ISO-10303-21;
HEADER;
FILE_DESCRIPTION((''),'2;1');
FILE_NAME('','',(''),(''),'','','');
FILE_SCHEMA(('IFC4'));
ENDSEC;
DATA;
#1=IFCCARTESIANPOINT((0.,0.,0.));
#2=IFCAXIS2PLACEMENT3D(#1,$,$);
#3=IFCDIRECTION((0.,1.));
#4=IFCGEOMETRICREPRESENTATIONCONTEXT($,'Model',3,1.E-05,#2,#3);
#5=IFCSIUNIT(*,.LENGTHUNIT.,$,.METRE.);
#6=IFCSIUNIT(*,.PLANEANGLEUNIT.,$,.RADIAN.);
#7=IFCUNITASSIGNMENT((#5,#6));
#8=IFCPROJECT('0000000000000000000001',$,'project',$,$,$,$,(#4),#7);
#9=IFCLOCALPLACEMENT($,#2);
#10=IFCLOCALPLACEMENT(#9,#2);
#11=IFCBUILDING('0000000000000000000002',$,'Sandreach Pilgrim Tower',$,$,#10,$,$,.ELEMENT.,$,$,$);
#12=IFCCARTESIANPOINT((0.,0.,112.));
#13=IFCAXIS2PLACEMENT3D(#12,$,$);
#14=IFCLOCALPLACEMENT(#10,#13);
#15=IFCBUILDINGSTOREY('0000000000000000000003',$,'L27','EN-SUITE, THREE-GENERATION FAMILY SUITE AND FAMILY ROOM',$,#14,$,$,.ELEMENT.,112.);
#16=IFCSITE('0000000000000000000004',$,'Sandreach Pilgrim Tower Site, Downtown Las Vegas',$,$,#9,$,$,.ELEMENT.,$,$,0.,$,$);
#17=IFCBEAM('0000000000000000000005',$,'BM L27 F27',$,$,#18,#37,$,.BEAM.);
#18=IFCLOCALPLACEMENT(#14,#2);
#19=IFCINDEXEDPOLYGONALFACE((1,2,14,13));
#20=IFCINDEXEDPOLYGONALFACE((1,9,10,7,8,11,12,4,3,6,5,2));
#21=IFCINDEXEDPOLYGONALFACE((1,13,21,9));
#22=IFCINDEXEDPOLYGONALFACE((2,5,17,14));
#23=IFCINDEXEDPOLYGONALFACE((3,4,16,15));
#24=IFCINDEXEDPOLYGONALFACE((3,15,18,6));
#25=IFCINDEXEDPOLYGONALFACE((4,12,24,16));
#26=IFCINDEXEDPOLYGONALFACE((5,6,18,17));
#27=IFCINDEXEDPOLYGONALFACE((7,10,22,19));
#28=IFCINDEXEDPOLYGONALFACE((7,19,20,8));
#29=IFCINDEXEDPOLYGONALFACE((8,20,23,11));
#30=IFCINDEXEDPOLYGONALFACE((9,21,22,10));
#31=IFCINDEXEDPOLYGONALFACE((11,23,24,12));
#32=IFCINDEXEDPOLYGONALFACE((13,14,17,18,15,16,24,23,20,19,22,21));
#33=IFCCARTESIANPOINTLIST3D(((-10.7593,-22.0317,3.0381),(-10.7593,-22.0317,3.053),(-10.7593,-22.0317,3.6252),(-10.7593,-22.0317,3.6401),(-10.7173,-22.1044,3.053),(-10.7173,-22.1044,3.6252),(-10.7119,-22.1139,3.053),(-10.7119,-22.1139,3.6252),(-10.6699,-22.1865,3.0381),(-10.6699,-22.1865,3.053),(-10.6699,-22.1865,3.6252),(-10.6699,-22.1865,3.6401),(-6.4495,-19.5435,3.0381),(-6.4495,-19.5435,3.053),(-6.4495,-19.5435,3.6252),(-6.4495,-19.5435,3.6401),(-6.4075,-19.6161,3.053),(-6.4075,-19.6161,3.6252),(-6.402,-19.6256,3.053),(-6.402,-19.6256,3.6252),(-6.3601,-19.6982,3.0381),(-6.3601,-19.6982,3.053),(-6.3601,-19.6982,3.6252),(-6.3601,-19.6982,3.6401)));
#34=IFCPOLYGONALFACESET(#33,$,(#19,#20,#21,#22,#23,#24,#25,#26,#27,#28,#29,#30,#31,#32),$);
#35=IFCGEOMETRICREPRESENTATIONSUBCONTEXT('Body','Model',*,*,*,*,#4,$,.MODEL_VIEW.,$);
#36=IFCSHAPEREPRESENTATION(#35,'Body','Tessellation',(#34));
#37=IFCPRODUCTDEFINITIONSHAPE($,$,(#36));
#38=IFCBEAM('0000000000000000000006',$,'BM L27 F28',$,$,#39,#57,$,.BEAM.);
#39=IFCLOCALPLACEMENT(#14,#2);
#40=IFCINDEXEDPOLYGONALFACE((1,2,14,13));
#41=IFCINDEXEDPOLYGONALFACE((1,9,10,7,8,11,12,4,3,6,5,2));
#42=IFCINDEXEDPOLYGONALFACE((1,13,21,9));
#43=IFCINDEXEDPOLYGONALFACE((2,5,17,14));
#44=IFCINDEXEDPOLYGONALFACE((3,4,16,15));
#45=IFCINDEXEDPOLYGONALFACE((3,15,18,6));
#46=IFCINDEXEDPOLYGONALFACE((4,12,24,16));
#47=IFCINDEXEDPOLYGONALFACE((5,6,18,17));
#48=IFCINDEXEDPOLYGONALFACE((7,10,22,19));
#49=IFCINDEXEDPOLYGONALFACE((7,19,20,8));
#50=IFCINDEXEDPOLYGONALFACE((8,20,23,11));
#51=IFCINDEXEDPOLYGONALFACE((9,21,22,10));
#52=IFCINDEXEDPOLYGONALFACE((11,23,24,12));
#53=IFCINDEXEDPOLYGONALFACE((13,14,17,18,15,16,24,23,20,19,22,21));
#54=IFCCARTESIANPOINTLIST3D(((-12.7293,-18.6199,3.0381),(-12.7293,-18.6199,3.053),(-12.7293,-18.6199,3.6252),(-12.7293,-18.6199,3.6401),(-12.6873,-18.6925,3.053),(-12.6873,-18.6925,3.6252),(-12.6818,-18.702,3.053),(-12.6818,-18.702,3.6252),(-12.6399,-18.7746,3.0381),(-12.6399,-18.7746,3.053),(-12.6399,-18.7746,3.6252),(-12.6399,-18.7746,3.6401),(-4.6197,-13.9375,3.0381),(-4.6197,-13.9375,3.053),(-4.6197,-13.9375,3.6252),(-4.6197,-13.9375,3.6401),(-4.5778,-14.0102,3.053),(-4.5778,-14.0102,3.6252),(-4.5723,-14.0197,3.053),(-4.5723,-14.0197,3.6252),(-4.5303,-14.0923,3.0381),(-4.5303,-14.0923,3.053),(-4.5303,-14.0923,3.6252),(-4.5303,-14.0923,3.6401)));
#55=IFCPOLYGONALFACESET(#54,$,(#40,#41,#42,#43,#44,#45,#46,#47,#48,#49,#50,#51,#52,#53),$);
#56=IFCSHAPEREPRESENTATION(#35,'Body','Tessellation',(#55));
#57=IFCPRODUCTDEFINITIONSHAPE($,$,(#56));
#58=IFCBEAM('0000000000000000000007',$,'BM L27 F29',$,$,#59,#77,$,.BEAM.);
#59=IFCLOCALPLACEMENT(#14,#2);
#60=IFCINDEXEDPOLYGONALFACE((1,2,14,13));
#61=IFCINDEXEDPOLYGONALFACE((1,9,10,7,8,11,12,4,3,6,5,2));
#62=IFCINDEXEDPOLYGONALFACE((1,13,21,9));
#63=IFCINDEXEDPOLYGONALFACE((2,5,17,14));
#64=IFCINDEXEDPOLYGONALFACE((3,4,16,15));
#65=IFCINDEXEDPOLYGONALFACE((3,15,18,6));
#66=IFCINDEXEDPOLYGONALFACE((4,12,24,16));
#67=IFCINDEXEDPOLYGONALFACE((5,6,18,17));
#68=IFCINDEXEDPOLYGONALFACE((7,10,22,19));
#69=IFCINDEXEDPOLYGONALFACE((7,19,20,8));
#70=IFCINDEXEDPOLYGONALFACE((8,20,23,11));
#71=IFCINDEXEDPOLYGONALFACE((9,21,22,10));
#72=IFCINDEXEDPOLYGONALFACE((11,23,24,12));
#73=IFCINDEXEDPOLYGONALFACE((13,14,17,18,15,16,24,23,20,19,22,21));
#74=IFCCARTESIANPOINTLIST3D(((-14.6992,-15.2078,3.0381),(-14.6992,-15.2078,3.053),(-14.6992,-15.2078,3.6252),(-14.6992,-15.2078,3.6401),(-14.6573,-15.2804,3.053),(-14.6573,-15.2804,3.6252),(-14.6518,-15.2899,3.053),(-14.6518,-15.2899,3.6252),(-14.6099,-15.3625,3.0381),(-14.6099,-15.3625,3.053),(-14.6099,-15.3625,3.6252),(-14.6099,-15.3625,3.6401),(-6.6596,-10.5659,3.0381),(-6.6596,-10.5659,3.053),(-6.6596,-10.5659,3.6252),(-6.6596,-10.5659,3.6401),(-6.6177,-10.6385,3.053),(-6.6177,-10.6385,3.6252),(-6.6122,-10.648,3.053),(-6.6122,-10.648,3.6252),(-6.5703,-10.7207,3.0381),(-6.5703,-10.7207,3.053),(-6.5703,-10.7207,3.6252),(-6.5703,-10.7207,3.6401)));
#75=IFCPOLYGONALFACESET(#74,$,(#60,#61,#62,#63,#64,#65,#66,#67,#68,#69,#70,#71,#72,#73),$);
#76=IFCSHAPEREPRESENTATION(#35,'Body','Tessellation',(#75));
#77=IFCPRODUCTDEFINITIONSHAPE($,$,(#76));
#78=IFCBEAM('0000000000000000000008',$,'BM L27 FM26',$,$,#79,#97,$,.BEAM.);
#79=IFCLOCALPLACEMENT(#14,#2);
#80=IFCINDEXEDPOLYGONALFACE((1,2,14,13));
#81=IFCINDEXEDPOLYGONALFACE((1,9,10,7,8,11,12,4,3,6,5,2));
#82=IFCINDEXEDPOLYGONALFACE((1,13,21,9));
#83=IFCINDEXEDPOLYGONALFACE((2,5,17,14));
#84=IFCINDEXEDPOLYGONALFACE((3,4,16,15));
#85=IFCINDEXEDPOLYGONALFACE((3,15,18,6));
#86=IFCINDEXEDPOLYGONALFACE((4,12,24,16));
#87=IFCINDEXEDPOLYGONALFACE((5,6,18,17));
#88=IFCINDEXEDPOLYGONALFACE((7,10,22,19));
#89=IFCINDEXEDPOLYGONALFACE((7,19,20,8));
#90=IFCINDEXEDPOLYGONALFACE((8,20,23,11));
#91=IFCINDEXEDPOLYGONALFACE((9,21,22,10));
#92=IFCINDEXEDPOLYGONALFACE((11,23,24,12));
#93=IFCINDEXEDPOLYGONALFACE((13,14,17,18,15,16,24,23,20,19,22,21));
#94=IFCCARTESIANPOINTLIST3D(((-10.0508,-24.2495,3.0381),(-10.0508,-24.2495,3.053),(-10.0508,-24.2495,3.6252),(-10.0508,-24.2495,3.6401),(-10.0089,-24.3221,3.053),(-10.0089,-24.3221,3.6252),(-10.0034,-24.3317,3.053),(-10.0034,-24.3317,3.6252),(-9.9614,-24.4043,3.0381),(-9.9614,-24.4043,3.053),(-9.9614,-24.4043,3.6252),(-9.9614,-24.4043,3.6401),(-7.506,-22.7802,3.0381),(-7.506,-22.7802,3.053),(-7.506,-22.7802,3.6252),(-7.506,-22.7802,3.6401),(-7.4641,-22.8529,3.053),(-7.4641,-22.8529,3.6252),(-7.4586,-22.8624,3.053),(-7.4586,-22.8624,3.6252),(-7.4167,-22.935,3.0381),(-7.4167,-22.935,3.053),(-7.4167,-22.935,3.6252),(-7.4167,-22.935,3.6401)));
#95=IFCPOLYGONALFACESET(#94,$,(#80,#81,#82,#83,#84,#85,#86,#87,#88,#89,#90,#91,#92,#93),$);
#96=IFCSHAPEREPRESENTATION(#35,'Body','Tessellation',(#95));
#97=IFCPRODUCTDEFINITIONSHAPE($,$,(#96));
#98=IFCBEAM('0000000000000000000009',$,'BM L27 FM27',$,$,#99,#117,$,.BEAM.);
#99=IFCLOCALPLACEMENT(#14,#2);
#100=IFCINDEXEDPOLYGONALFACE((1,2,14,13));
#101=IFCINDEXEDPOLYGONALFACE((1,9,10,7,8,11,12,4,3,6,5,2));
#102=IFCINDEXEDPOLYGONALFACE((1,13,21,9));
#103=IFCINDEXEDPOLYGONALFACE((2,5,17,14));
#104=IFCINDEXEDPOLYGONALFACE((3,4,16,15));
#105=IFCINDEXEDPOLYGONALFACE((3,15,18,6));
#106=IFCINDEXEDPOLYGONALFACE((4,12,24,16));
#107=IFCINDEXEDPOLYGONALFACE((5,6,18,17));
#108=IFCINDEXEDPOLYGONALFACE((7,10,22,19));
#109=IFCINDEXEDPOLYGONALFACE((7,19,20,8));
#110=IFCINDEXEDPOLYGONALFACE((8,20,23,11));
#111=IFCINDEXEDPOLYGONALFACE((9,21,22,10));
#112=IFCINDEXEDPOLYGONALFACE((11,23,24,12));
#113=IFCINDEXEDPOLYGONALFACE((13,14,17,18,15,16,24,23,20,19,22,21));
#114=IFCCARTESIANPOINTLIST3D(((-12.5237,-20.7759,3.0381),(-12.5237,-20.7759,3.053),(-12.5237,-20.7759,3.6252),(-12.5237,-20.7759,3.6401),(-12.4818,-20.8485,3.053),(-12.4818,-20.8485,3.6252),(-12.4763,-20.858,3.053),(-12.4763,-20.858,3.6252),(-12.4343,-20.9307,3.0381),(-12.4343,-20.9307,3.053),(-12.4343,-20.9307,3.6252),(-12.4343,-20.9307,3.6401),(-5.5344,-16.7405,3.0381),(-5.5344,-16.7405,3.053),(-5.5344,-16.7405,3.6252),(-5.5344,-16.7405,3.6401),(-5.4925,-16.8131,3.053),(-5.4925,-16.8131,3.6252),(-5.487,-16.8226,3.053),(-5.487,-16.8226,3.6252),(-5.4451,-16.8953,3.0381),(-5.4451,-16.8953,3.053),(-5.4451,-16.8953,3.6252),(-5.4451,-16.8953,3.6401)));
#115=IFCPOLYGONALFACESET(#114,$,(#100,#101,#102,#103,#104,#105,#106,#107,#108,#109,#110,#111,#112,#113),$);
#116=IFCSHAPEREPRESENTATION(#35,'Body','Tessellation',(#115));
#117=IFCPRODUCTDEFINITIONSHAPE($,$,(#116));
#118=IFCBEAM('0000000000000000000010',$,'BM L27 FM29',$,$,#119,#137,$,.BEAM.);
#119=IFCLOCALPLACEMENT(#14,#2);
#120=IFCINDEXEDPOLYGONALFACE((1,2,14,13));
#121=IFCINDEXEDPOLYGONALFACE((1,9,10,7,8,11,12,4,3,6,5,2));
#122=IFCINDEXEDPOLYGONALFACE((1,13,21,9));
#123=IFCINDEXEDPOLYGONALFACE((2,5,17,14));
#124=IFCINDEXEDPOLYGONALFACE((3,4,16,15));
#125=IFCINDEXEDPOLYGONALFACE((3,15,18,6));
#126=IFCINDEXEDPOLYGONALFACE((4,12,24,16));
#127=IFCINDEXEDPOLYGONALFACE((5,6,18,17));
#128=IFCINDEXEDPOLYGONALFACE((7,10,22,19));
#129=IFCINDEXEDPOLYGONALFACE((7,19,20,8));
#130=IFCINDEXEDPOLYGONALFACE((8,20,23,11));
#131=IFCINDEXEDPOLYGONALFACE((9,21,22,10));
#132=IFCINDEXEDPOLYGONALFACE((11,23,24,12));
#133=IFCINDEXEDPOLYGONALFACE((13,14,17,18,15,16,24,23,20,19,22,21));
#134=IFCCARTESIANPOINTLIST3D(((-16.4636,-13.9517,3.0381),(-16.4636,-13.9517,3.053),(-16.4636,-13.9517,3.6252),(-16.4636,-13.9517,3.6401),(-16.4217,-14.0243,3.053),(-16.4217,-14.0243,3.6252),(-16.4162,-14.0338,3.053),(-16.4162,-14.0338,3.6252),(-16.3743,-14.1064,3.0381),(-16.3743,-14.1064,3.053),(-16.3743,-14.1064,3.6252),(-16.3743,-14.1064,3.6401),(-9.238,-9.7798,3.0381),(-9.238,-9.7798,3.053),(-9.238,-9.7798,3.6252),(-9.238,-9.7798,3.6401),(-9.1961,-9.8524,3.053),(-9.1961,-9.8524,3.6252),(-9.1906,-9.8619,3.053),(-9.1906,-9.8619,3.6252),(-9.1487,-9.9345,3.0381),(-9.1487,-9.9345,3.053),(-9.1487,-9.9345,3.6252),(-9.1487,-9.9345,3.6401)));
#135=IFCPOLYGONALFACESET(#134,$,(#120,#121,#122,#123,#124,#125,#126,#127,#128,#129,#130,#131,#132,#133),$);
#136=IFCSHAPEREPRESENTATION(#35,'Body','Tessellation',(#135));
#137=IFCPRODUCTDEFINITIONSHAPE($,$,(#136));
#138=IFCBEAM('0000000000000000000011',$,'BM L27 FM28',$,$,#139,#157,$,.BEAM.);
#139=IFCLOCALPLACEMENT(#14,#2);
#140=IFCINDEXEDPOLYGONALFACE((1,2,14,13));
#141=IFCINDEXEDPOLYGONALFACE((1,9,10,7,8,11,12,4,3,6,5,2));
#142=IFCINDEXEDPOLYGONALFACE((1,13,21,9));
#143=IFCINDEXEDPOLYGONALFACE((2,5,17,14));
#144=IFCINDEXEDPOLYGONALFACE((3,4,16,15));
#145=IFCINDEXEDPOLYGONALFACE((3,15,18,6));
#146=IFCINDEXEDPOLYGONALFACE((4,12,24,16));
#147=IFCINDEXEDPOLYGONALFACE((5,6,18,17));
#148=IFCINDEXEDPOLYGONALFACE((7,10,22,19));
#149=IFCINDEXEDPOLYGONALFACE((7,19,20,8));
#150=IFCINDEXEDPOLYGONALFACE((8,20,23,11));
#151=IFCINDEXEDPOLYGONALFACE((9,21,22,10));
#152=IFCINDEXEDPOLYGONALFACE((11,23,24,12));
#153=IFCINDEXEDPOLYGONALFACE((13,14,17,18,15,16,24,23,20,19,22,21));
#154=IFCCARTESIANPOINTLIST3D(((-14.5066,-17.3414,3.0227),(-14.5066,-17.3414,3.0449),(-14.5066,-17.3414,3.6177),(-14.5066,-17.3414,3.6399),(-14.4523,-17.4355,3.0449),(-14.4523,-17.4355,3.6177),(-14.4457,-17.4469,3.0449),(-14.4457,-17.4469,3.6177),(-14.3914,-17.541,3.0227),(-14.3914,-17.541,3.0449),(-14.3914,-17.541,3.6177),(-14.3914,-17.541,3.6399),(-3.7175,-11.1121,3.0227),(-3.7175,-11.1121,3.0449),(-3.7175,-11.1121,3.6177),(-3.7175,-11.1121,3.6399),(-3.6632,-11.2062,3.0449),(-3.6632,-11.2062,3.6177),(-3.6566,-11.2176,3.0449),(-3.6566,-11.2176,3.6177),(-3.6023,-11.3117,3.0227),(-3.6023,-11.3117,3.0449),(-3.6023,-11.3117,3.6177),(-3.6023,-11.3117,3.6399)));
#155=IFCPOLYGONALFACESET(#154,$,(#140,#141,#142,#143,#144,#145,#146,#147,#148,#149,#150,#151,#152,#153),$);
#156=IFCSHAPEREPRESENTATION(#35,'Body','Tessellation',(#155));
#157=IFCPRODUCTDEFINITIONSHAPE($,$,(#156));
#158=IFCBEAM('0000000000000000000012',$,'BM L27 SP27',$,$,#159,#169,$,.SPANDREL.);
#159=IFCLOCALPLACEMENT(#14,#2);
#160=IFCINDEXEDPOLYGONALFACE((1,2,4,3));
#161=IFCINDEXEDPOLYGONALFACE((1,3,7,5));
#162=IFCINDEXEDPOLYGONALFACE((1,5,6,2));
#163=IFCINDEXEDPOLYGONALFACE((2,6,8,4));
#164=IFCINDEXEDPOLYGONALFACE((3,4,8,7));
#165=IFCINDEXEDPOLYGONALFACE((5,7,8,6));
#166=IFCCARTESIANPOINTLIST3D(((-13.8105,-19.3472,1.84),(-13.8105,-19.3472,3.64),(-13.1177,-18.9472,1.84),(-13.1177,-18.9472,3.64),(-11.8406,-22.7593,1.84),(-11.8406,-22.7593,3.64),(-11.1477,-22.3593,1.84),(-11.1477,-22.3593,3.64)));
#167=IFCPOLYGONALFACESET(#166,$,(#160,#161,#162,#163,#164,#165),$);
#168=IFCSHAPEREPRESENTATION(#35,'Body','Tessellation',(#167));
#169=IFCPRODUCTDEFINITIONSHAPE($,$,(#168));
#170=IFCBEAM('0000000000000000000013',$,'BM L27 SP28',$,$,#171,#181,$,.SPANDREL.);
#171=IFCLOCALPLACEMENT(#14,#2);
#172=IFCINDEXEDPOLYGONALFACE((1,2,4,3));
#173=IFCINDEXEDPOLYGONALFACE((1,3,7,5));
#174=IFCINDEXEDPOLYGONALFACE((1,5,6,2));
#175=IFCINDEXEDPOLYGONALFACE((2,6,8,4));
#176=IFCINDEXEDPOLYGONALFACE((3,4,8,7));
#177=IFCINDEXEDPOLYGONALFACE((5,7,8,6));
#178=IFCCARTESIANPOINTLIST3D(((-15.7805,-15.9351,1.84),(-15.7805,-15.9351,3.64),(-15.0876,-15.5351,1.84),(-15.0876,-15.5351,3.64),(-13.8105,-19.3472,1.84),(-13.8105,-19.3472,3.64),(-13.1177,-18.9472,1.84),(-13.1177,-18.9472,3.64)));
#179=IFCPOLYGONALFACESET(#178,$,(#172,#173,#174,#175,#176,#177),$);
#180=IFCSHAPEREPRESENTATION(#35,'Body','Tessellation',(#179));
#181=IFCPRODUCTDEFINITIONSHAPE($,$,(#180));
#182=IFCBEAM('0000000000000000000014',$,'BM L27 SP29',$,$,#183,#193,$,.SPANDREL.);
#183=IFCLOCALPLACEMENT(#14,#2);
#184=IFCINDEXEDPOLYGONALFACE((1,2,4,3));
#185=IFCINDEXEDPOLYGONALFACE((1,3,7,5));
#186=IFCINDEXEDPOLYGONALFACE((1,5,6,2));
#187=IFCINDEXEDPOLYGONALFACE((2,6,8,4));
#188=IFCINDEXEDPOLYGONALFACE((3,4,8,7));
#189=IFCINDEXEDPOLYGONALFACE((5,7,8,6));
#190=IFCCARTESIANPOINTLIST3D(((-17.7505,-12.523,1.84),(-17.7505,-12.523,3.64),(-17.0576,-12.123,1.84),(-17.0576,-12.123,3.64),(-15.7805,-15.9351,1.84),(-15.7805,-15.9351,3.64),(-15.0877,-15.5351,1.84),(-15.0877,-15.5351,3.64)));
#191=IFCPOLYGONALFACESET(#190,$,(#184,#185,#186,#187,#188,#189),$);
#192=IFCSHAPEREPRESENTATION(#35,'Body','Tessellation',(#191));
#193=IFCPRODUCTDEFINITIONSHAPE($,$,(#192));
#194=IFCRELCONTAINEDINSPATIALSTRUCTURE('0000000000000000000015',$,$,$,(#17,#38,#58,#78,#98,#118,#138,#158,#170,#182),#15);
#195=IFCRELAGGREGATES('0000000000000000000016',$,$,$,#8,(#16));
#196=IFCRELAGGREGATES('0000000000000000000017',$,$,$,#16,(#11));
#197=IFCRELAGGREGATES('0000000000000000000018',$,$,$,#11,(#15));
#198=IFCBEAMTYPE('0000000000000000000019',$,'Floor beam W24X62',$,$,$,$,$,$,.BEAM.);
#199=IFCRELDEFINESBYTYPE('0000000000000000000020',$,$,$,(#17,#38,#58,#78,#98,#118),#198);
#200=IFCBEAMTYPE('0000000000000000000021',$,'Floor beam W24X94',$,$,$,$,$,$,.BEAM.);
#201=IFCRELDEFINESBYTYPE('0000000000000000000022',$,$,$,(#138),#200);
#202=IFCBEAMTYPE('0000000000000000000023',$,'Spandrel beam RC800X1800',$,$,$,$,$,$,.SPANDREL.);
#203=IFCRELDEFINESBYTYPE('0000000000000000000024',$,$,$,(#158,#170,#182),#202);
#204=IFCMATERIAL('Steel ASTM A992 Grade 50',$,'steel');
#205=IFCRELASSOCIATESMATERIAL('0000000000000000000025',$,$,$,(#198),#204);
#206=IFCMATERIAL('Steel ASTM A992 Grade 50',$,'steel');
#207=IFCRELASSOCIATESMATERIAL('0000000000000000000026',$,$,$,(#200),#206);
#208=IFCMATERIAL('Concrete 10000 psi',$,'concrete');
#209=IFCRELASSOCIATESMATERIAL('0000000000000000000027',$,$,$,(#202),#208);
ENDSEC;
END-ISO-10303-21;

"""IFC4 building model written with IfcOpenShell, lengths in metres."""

from ifc_helpers import new_model, si_unit, direction, frame, origin, origin_2d, place, context, subcontext, project, spatial, rectangle, i_section, extrude, material, material_profile, profile_set, type_object, element, save


model = new_model("IFC4")

# Units and contexts
model_context = context("Model", 3, precision=1e-05, world=origin(), true_north=direction((0.0, 1.0)))
body_context = subcontext(model_context, "Body", "Model", "MODEL_VIEW")
ifc_project = project(units=[si_unit("LENGTHUNIT", "METRE"), si_unit("PLANEANGLEUNIT", "RADIAN")], contexts=[model_context])

# Site, building, storey
site_placement = place(None, origin())
site = spatial("IfcSite", under=ifc_project, at=site_placement, Name="Sandreach Pilgrim Tower Site, Downtown Las Vegas", CompositionType="ELEMENT", RefElevation=0.0)
building_placement = place(site_placement, origin())
building = spatial("IfcBuilding", under=site, at=building_placement, Name="Sandreach Pilgrim Tower", CompositionType="ELEMENT")
storey_placement = place(building_placement, frame((0.0, 0.0, 112.0)))
storey = spatial("IfcBuildingStorey", under=building, at=storey_placement, Name="L27", Description="EN-SUITE, THREE-GENERATION FAMILY SUITE AND FAMILY ROOM", CompositionType="ELEMENT", Elevation=112.0)

# Beams
ifc_material_1 = material(Name="Steel ASTM A992 Grade 50", Category="steel")
ifc_material_profile_1 = material_profile(ifc_material_1, i_section(OverallWidth=0.1787, OverallDepth=0.6021, WebThickness=0.011, FlangeThickness=0.0149, at=origin_2d()), Name="W24X62")
ifc_profile_set_1 = profile_set([ifc_material_profile_1], Name="Steel ASTM A992 Grade 50")
beam_type_1 = type_object("IfcBeamType", Name="Floor beam W24X62", PredefinedType="BEAM", material=ifc_profile_set_1)
beam_1_placement = place(storey_placement, frame((-10.7146, -22.1091, 3.3391), z_axis=(0.866025, 0.500001, 0.0), x_axis=(-0.500001, 0.866025, 0.0)))
element("IfcBeam", 1, at=beam_1_placement, inside=storey, type_object=beam_type_1, Name="BM L27 F27", PredefinedType="BEAM", context=body_context, shape_type="SweptSolid", body=[
    extrude(i_section(OverallWidth=0.1787, OverallDepth=0.6021, WebThickness=0.011, FlangeThickness=0.0149, at=origin_2d()), origin(), (0.0, 0.0, 1.0), 4.9766),
])
beam_2_placement = place(storey_placement, frame((-12.6846, -18.6973, 3.3391), z_axis=(0.866012, 0.500023, 0.0), x_axis=(-0.500023, 0.866012, 0.0)))
element("IfcBeam", 2, at=beam_2_placement, inside=storey, type_object=beam_type_1, Name="BM L27 F28", PredefinedType="BEAM", context=body_context, shape_type="SweptSolid", body=[
    extrude(i_section(OverallWidth=0.1787, OverallDepth=0.6021, WebThickness=0.011, FlangeThickness=0.0149, at=origin_2d()), origin(), (0.0, 0.0, 1.0), 9.3643),
])
beam_3_placement = place(storey_placement, frame((-14.6545, -15.2852, 3.3391), z_axis=(0.866016, 0.500017, 0.0), x_axis=(-0.500017, 0.866016, 0.0)))
element("IfcBeam", 3, at=beam_3_placement, inside=storey, type_object=beam_type_1, Name="BM L27 F29", PredefinedType="BEAM", context=body_context, shape_type="SweptSolid", body=[
    extrude(i_section(OverallWidth=0.1787, OverallDepth=0.6021, WebThickness=0.011, FlangeThickness=0.0149, at=origin_2d()), origin(), (0.0, 0.0, 1.0), 9.2834),
])
beam_4_placement = place(storey_placement, frame((-10.0061, -24.3269, 3.3391), z_axis=(0.866015, 0.500017, 0.0), x_axis=(-0.500017, 0.866015, 0.0)))
element("IfcBeam", 4, at=beam_4_placement, inside=storey, type_object=beam_type_1, Name="BM L27 FM26", PredefinedType="BEAM", context=body_context, shape_type="SweptSolid", body=[
    extrude(i_section(OverallWidth=0.1787, OverallDepth=0.6021, WebThickness=0.011, FlangeThickness=0.0149, at=origin_2d()), origin(), (0.0, 0.0, 1.0), 2.9385),
])
beam_5_placement = place(storey_placement, frame((-12.479, -20.8533, 3.3391), z_axis=(0.866017, 0.500014, 0.0), x_axis=(-0.500014, 0.866017, 0.0)))
element("IfcBeam", 5, at=beam_5_placement, inside=storey, type_object=beam_type_1, Name="BM L27 FM27", PredefinedType="BEAM", context=body_context, shape_type="SweptSolid", body=[
    extrude(i_section(OverallWidth=0.1787, OverallDepth=0.6021, WebThickness=0.011, FlangeThickness=0.0149, at=origin_2d()), origin(), (0.0, 0.0, 1.0), 8.0706),
])
beam_6_placement = place(storey_placement, frame((-16.4189, -14.0291, 3.3391), z_axis=(0.866016, 0.500016, 0.0), x_axis=(-0.500016, 0.866016, 0.0)))
element("IfcBeam", 6, at=beam_6_placement, inside=storey, type_object=beam_type_1, Name="BM L27 FM29", PredefinedType="BEAM", context=body_context, shape_type="SweptSolid", body=[
    extrude(i_section(OverallWidth=0.1787, OverallDepth=0.6021, WebThickness=0.011, FlangeThickness=0.0149, at=origin_2d()), origin(), (0.0, 0.0, 1.0), 8.3435),
])
ifc_material_2 = material(Name="Steel ASTM A992 Grade 50", Category="steel")
ifc_material_profile_2 = material_profile(ifc_material_2, i_section(OverallWidth=0.2305, OverallDepth=0.6172, WebThickness=0.0132, FlangeThickness=0.0222, at=origin_2d()), Name="W24X94")
ifc_profile_set_2 = profile_set([ifc_material_profile_2], Name="Steel ASTM A992 Grade 50")
beam_type_2 = type_object("IfcBeamType", Name="Floor beam W24X94", PredefinedType="BEAM", material=ifc_profile_set_2)
beam_7_placement = place(storey_placement, frame((-14.449, -17.4412, 3.3313), z_axis=(0.866019, 0.500011, 0.0), x_axis=(-0.500011, 0.866019, 0.0)))
element("IfcBeam", 7, at=beam_7_placement, inside=storey, type_object=beam_type_2, Name="BM L27 FM28", PredefinedType="BEAM", context=body_context, shape_type="SweptSolid", body=[
    extrude(i_section(OverallWidth=0.2305, OverallDepth=0.6172, WebThickness=0.0132, FlangeThickness=0.0222, at=origin_2d()), origin(), (0.0, 0.0, 1.0), 12.4583),
])
ifc_material_3 = material(Name="Concrete 10000 psi", Category="concrete")
ifc_material_profile_3 = material_profile(ifc_material_3, rectangle(XDim=0.8, YDim=1.8, at=origin_2d()), Name="RC800X1800")
ifc_profile_set_3 = profile_set([ifc_material_profile_3], Name="Concrete 10000 psi")
beam_type_3 = type_object("IfcBeamType", Name="Spandrel beam RC800X1800", PredefinedType="SPANDREL", material=ifc_profile_set_3)
for number, where, z_axis, x_axis, name in (
    (8, (-11.4941, -22.5593, 2.74), (-0.499998, 0.866027, 0.0), (-0.866027, -0.499998, 0.0), "BM L27 SP27"),
    (9, (-13.4641, -19.1472, 2.74), (-0.499998, 0.866027, 0.0), (-0.866027, -0.499998, 0.0), "BM L27 SP28"),
    (10, (-15.4341, -15.7351, 2.74), (-0.499998, 0.866027, 0.0), (-0.866027, -0.499998, 0.0), "BM L27 SP29"),
):
    element("IfcBeam", number, at=place(storey_placement, frame(where, z_axis=z_axis, x_axis=x_axis)), inside=storey, type_object=beam_type_3, Name=name, PredefinedType="SPANDREL", context=body_context, shape_type="SweptSolid", body=[
        extrude(rectangle(XDim=0.8, YDim=1.8, at=origin_2d()), origin(), (0.0, 0.0, 1.0), 3.9399),
    ])

save(model, "model.ifc")
